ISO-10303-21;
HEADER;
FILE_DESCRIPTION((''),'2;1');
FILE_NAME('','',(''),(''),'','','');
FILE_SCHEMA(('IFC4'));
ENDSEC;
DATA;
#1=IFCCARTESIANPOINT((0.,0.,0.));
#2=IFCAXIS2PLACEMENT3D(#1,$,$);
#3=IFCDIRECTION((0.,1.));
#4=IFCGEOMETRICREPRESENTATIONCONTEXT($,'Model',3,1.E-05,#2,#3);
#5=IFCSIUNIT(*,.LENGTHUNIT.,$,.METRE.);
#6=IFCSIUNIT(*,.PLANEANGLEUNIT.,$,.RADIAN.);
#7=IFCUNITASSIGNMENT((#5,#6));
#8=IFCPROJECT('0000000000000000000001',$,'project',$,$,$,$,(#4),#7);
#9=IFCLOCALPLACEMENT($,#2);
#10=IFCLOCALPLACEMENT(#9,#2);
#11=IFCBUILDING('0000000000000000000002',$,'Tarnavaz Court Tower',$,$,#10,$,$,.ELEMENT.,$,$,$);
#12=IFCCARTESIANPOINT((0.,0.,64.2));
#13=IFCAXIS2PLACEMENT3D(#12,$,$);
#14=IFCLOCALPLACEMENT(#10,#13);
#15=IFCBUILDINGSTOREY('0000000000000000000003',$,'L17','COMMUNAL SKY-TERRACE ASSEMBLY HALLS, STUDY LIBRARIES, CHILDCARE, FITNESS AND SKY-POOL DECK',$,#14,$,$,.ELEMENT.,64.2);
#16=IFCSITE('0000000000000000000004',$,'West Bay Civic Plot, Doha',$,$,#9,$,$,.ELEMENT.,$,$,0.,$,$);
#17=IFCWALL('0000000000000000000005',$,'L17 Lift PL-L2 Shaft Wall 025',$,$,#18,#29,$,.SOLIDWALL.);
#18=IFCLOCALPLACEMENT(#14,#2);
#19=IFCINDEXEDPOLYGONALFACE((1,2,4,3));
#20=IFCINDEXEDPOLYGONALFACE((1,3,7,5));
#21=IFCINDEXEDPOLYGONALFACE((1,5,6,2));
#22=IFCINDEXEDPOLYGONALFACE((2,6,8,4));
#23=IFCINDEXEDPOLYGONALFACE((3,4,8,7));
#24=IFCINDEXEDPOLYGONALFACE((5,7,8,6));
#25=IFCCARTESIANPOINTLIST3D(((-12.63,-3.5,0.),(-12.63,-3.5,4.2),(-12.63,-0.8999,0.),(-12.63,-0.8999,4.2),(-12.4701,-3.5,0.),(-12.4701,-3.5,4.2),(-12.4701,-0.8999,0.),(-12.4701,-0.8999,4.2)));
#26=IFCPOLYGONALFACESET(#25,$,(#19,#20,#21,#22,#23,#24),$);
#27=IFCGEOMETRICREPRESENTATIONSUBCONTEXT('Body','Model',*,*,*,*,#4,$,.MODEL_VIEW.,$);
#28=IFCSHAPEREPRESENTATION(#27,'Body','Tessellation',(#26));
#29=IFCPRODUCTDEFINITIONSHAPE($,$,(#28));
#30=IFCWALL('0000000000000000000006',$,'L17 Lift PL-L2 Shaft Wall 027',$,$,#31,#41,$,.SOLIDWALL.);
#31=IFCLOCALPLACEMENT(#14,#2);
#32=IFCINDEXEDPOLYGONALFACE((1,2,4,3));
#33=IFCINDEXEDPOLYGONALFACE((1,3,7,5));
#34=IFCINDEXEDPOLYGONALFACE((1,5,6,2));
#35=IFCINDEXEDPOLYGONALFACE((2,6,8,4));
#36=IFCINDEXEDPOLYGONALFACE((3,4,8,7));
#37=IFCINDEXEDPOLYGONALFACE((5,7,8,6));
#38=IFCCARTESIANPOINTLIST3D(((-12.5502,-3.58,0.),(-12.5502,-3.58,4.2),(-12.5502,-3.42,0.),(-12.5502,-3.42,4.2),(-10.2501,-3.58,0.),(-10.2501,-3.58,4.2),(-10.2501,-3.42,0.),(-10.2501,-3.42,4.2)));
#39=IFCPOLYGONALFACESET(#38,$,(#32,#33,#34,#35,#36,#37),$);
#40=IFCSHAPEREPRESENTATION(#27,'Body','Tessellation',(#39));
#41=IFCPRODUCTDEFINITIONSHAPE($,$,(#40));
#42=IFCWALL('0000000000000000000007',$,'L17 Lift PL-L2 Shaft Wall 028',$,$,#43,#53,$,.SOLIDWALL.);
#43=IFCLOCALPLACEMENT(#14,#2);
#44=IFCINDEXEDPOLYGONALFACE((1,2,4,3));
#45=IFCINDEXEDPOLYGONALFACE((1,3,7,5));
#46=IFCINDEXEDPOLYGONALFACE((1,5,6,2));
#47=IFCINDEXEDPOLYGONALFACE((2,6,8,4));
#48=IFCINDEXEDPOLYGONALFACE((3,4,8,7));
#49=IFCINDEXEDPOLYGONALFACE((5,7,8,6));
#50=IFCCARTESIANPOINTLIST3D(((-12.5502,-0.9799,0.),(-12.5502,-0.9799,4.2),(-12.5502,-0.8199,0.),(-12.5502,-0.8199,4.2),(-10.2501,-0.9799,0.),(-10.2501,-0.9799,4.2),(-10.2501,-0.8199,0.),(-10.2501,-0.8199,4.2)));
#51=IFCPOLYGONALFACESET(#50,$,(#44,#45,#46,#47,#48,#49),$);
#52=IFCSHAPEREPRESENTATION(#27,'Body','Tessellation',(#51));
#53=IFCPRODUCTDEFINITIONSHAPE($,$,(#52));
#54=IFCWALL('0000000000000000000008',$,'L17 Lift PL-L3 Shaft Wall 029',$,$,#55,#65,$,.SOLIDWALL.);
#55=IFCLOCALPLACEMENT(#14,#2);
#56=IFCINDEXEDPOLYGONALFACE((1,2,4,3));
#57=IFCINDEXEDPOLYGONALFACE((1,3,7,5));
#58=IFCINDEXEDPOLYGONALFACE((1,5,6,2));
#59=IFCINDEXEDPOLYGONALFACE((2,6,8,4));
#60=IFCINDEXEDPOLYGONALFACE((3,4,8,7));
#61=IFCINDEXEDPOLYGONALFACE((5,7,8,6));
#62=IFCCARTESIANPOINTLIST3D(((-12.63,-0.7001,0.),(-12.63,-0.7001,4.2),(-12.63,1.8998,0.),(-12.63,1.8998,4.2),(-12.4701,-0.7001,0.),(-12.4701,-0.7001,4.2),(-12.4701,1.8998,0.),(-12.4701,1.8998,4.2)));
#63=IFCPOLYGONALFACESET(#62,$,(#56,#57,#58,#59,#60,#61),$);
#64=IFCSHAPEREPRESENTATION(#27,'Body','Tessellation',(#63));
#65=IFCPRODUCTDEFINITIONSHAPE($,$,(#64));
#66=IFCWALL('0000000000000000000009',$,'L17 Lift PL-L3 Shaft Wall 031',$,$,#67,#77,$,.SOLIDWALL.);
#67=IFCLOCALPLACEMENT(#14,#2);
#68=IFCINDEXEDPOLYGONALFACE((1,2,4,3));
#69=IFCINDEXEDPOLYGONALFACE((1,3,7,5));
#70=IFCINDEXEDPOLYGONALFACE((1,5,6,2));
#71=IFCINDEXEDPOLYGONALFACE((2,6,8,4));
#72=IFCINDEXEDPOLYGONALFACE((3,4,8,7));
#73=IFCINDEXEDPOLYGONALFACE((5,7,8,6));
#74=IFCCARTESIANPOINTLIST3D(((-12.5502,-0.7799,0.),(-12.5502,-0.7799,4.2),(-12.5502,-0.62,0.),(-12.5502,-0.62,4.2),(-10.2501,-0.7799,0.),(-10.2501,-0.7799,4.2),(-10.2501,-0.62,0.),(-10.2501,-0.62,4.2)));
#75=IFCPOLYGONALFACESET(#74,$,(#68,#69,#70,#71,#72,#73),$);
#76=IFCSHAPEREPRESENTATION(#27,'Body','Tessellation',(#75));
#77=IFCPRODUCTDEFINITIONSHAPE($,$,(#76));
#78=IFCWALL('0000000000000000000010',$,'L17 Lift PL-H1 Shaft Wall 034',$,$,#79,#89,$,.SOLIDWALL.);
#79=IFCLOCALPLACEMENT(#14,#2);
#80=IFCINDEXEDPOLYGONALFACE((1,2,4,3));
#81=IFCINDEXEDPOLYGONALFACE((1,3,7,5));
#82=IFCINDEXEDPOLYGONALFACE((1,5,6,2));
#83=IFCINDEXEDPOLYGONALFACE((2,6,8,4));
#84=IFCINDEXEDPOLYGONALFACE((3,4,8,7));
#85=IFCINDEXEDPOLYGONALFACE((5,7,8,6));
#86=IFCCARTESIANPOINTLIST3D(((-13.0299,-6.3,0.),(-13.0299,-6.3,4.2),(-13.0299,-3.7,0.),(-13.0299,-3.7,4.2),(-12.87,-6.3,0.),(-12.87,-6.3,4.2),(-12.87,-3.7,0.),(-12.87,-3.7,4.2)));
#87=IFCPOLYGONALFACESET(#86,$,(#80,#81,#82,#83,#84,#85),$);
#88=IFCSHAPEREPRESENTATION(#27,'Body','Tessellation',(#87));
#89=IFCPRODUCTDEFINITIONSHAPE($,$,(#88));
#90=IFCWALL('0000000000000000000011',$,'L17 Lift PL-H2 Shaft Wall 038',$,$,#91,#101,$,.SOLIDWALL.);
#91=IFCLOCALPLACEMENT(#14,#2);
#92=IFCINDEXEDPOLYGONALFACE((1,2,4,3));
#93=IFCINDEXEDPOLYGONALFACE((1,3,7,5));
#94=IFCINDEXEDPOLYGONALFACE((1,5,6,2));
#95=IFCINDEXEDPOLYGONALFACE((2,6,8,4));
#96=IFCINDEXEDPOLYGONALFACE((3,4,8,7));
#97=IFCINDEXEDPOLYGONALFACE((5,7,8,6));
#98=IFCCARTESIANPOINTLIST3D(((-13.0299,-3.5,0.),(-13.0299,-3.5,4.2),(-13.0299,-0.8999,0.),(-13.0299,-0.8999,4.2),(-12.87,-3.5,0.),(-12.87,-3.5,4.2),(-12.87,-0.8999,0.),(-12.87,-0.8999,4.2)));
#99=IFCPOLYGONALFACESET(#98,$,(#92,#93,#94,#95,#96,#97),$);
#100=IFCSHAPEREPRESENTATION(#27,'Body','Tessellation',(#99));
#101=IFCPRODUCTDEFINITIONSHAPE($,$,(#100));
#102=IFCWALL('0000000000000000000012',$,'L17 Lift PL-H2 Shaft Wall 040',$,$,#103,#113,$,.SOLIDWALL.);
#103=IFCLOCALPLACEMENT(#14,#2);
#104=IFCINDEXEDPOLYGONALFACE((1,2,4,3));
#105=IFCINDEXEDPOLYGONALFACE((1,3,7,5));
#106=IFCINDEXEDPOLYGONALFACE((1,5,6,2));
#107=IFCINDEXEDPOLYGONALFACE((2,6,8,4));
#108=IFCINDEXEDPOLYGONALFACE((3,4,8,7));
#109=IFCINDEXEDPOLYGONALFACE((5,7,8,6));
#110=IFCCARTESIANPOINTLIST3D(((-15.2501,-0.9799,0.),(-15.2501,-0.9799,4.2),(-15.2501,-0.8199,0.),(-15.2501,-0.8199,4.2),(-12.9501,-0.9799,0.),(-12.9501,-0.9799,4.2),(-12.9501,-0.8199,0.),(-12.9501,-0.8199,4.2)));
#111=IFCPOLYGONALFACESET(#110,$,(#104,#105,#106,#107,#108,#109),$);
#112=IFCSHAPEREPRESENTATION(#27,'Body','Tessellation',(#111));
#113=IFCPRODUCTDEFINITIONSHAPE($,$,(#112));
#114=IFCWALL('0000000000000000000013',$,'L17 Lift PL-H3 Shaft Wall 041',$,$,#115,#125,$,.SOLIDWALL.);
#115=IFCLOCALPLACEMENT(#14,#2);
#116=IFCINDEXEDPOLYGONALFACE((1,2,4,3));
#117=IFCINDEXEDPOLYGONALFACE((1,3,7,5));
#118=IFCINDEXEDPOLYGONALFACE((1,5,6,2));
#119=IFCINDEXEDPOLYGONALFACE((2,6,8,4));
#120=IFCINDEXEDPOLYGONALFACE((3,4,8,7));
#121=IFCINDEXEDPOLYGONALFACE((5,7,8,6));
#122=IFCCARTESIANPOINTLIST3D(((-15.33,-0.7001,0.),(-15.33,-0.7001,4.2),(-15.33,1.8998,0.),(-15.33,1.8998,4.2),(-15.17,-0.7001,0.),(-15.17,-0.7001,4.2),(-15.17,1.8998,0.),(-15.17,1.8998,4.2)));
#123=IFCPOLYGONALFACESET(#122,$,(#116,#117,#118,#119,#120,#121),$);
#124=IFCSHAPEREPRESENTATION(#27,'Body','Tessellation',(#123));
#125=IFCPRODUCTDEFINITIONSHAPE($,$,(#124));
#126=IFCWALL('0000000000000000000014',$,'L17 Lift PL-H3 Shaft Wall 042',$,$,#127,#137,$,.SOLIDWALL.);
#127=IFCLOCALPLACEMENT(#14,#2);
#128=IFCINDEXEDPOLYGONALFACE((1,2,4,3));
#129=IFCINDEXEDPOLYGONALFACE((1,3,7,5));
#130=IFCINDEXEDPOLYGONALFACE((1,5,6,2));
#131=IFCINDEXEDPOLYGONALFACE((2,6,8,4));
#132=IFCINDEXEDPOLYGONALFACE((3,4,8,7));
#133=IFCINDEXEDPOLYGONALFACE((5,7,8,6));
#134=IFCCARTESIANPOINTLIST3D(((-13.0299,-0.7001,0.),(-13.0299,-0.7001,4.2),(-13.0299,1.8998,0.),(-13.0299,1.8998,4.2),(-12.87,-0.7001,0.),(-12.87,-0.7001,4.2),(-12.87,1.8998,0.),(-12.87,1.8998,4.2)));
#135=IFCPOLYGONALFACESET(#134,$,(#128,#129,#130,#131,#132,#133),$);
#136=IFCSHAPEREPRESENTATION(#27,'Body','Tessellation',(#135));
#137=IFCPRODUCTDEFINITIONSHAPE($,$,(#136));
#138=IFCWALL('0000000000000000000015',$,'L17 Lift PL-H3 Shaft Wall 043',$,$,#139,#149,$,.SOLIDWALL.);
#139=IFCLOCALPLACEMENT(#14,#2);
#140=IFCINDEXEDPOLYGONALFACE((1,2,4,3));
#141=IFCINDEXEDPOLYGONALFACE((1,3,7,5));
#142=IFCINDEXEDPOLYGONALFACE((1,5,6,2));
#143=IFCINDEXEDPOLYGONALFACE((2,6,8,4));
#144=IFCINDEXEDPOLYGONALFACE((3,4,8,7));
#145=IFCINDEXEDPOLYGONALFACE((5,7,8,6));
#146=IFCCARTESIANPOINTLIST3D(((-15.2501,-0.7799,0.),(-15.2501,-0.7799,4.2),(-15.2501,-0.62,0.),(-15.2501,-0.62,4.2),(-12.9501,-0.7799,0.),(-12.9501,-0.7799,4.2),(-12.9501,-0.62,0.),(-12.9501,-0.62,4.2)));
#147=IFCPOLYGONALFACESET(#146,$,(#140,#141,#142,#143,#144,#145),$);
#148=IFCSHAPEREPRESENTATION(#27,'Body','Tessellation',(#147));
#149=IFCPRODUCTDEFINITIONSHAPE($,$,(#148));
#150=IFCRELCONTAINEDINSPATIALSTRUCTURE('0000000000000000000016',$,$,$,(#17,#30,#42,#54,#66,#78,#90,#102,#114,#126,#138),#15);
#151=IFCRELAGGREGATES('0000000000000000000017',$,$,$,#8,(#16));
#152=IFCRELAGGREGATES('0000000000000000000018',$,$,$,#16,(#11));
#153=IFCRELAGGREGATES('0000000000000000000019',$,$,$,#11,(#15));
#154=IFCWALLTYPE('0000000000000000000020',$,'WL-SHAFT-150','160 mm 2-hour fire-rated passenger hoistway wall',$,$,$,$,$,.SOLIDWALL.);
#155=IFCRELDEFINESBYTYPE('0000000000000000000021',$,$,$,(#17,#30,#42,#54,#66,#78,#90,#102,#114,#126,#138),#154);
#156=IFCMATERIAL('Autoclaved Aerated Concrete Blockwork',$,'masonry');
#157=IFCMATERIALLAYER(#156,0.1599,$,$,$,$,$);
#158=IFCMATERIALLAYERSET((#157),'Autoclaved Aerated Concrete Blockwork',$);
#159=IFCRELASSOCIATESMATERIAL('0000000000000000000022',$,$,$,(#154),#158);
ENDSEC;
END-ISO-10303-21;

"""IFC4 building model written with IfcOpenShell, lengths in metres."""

from ifc_helpers import new_model, si_unit, direction, frame, frame_2d, origin, place, context, subcontext, project, spatial, rectangle, extrude, material, layer, layer_set, type_object, element, save


model = new_model("IFC4")

# Units and contexts
model_context = context("Model", 3, precision=1e-05, world=origin(), true_north=direction((0.0, 1.0)))
body_context = subcontext(model_context, "Body", "Model", "MODEL_VIEW")
ifc_project = project(units=[si_unit("LENGTHUNIT", "METRE"), si_unit("PLANEANGLEUNIT", "RADIAN")], contexts=[model_context])

# Site, building, storey
site_placement = place(None, origin())
site = spatial("IfcSite", under=ifc_project, at=site_placement, Name="West Bay Civic Plot, Doha", CompositionType="ELEMENT", RefElevation=0.0)
building_placement = place(site_placement, origin())
building = spatial("IfcBuilding", under=site, at=building_placement, Name="Tarnavaz Court Tower", CompositionType="ELEMENT")
storey_placement = place(building_placement, frame((0.0, 0.0, 64.2)))
storey = spatial("IfcBuildingStorey", under=building, at=storey_placement, Name="L17", Description="COMMUNAL SKY-TERRACE ASSEMBLY HALLS, STUDY LIBRARIES, CHILDCARE, FITNESS AND SKY-POOL DECK", CompositionType="ELEMENT", Elevation=64.2)

# Shared definitions
ifc_material_1 = material(Name="Autoclaved Aerated Concrete Blockwork", Category="masonry")
ifc_layer_1 = layer(ifc_material_1, 0.1599)
ifc_layer_set_1 = layer_set([ifc_layer_1], Name="Autoclaved Aerated Concrete Blockwork")
wall_type = type_object("IfcWallType", Name="WL-SHAFT-150", Description="160 mm 2-hour fire-rated passenger hoistway wall", PredefinedType="SOLIDWALL", material=ifc_layer_set_1)

# Wall
wall_1_placement = place(storey_placement, frame((-12.55, -3.5, 0.0), z_axis=(0.0, 0.0, 1.0), x_axis=(0.0, 1.0, 0.0)))
element("IfcWall", 1, at=wall_1_placement, inside=storey, type_object=wall_type, Name="L17 Lift PL-L2 Shaft Wall 025", PredefinedType="SOLIDWALL", context=body_context, shape_type="SweptSolid", body=[
    extrude(rectangle(XDim=2.6001, YDim=0.1599, at=frame_2d((1.3, 0.0))), origin(), (0.0, 0.0, 1.0), 4.2),
])

# Walls
for number, where, z_axis, x_axis, name in (
    (2, (-12.55, -3.5, 0.0), (0.0, 0.0, 1.0), (1.0, 0.0, 0.0), "L17 Lift PL-L2 Shaft Wall 027"),
    (3, (-12.55, -0.8999, 0.0), (0.0, 0.0, 1.0), (1.0, 0.0, 0.0), "L17 Lift PL-L2 Shaft Wall 028"),
):
    element("IfcWall", number, at=place(storey_placement, frame(where, z_axis=z_axis, x_axis=x_axis)), inside=storey, type_object=wall_type, Name=name, PredefinedType="SOLIDWALL", context=body_context, shape_type="SweptSolid", body=[
        extrude(rectangle(XDim=2.3, YDim=0.1599, at=frame_2d((1.1499, 0.0))), origin(), (0.0, 0.0, 1.0), 4.2),
    ])
wall_2_placement = place(storey_placement, frame((-12.55, -0.7, 0.0), z_axis=(0.0, 0.0, 1.0), x_axis=(0.0, 1.0, 0.0)))
element("IfcWall", 4, at=wall_2_placement, inside=storey, type_object=wall_type, Name="L17 Lift PL-L3 Shaft Wall 029", PredefinedType="SOLIDWALL", context=body_context, shape_type="SweptSolid", body=[
    extrude(rectangle(XDim=2.5999, YDim=0.1599, at=frame_2d((1.2998, 0.0))), origin(), (0.0, 0.0, 1.0), 4.2),
])

# Walls
wall_3_placement = place(storey_placement, frame((-12.55, -0.7, 0.0), z_axis=(0.0, 0.0, 1.0), x_axis=(1.0, 0.0, 0.0)))
element("IfcWall", 5, at=wall_3_placement, inside=storey, type_object=wall_type, Name="L17 Lift PL-L3 Shaft Wall 031", PredefinedType="SOLIDWALL", context=body_context, shape_type="SweptSolid", body=[
    extrude(rectangle(XDim=2.3, YDim=0.1599, at=frame_2d((1.1499, 0.0))), origin(), (0.0, 0.0, 1.0), 4.2),
])
for number, where, z_axis, x_axis, name in (
    (6, (-12.95, -6.3, 0.0), (0.0, 0.0, 1.0), (0.0, 1.0, 0.0), "L17 Lift PL-H1 Shaft Wall 034"),
    (7, (-12.95, -3.5, 0.0), (0.0, 0.0, 1.0), (0.0, 1.0, 0.0), "L17 Lift PL-H2 Shaft Wall 038"),
):
    element("IfcWall", number, at=place(storey_placement, frame(where, z_axis=z_axis, x_axis=x_axis)), inside=storey, type_object=wall_type, Name=name, PredefinedType="SOLIDWALL", context=body_context, shape_type="SweptSolid", body=[
        extrude(rectangle(XDim=2.6001, YDim=0.1599, at=frame_2d((1.3, 0.0))), origin(), (0.0, 0.0, 1.0), 4.2),
    ])
wall_4_placement = place(storey_placement, frame((-15.25, -0.8999, 0.0), z_axis=(0.0, 0.0, 1.0), x_axis=(1.0, 0.0, 0.0)))
element("IfcWall", 8, at=wall_4_placement, inside=storey, type_object=wall_type, Name="L17 Lift PL-H2 Shaft Wall 040", PredefinedType="SOLIDWALL", context=body_context, shape_type="SweptSolid", body=[
    extrude(rectangle(XDim=2.3, YDim=0.1599, at=frame_2d((1.1499, 0.0))), origin(), (0.0, 0.0, 1.0), 4.2),
])
for number, where, z_axis, x_axis, name in (
    (9, (-15.25, -0.7, 0.0), (0.0, 0.0, 1.0), (0.0, 1.0, 0.0), "L17 Lift PL-H3 Shaft Wall 041"),
    (10, (-12.95, -0.7, 0.0), (0.0, 0.0, 1.0), (0.0, 1.0, 0.0), "L17 Lift PL-H3 Shaft Wall 042"),
):
    element("IfcWall", number, at=place(storey_placement, frame(where, z_axis=z_axis, x_axis=x_axis)), inside=storey, type_object=wall_type, Name=name, PredefinedType="SOLIDWALL", context=body_context, shape_type="SweptSolid", body=[
        extrude(rectangle(XDim=2.5999, YDim=0.1599, at=frame_2d((1.2998, 0.0))), origin(), (0.0, 0.0, 1.0), 4.2),
    ])
wall_5_placement = place(storey_placement, frame((-15.25, -0.7, 0.0), z_axis=(0.0, 0.0, 1.0), x_axis=(1.0, 0.0, 0.0)))
element("IfcWall", 11, at=wall_5_placement, inside=storey, type_object=wall_type, Name="L17 Lift PL-H3 Shaft Wall 043", PredefinedType="SOLIDWALL", context=body_context, shape_type="SweptSolid", body=[
    extrude(rectangle(XDim=2.3, YDim=0.1599, at=frame_2d((1.1499, 0.0))), origin(), (0.0, 0.0, 1.0), 4.2),
])

save(model, "model.ifc")
